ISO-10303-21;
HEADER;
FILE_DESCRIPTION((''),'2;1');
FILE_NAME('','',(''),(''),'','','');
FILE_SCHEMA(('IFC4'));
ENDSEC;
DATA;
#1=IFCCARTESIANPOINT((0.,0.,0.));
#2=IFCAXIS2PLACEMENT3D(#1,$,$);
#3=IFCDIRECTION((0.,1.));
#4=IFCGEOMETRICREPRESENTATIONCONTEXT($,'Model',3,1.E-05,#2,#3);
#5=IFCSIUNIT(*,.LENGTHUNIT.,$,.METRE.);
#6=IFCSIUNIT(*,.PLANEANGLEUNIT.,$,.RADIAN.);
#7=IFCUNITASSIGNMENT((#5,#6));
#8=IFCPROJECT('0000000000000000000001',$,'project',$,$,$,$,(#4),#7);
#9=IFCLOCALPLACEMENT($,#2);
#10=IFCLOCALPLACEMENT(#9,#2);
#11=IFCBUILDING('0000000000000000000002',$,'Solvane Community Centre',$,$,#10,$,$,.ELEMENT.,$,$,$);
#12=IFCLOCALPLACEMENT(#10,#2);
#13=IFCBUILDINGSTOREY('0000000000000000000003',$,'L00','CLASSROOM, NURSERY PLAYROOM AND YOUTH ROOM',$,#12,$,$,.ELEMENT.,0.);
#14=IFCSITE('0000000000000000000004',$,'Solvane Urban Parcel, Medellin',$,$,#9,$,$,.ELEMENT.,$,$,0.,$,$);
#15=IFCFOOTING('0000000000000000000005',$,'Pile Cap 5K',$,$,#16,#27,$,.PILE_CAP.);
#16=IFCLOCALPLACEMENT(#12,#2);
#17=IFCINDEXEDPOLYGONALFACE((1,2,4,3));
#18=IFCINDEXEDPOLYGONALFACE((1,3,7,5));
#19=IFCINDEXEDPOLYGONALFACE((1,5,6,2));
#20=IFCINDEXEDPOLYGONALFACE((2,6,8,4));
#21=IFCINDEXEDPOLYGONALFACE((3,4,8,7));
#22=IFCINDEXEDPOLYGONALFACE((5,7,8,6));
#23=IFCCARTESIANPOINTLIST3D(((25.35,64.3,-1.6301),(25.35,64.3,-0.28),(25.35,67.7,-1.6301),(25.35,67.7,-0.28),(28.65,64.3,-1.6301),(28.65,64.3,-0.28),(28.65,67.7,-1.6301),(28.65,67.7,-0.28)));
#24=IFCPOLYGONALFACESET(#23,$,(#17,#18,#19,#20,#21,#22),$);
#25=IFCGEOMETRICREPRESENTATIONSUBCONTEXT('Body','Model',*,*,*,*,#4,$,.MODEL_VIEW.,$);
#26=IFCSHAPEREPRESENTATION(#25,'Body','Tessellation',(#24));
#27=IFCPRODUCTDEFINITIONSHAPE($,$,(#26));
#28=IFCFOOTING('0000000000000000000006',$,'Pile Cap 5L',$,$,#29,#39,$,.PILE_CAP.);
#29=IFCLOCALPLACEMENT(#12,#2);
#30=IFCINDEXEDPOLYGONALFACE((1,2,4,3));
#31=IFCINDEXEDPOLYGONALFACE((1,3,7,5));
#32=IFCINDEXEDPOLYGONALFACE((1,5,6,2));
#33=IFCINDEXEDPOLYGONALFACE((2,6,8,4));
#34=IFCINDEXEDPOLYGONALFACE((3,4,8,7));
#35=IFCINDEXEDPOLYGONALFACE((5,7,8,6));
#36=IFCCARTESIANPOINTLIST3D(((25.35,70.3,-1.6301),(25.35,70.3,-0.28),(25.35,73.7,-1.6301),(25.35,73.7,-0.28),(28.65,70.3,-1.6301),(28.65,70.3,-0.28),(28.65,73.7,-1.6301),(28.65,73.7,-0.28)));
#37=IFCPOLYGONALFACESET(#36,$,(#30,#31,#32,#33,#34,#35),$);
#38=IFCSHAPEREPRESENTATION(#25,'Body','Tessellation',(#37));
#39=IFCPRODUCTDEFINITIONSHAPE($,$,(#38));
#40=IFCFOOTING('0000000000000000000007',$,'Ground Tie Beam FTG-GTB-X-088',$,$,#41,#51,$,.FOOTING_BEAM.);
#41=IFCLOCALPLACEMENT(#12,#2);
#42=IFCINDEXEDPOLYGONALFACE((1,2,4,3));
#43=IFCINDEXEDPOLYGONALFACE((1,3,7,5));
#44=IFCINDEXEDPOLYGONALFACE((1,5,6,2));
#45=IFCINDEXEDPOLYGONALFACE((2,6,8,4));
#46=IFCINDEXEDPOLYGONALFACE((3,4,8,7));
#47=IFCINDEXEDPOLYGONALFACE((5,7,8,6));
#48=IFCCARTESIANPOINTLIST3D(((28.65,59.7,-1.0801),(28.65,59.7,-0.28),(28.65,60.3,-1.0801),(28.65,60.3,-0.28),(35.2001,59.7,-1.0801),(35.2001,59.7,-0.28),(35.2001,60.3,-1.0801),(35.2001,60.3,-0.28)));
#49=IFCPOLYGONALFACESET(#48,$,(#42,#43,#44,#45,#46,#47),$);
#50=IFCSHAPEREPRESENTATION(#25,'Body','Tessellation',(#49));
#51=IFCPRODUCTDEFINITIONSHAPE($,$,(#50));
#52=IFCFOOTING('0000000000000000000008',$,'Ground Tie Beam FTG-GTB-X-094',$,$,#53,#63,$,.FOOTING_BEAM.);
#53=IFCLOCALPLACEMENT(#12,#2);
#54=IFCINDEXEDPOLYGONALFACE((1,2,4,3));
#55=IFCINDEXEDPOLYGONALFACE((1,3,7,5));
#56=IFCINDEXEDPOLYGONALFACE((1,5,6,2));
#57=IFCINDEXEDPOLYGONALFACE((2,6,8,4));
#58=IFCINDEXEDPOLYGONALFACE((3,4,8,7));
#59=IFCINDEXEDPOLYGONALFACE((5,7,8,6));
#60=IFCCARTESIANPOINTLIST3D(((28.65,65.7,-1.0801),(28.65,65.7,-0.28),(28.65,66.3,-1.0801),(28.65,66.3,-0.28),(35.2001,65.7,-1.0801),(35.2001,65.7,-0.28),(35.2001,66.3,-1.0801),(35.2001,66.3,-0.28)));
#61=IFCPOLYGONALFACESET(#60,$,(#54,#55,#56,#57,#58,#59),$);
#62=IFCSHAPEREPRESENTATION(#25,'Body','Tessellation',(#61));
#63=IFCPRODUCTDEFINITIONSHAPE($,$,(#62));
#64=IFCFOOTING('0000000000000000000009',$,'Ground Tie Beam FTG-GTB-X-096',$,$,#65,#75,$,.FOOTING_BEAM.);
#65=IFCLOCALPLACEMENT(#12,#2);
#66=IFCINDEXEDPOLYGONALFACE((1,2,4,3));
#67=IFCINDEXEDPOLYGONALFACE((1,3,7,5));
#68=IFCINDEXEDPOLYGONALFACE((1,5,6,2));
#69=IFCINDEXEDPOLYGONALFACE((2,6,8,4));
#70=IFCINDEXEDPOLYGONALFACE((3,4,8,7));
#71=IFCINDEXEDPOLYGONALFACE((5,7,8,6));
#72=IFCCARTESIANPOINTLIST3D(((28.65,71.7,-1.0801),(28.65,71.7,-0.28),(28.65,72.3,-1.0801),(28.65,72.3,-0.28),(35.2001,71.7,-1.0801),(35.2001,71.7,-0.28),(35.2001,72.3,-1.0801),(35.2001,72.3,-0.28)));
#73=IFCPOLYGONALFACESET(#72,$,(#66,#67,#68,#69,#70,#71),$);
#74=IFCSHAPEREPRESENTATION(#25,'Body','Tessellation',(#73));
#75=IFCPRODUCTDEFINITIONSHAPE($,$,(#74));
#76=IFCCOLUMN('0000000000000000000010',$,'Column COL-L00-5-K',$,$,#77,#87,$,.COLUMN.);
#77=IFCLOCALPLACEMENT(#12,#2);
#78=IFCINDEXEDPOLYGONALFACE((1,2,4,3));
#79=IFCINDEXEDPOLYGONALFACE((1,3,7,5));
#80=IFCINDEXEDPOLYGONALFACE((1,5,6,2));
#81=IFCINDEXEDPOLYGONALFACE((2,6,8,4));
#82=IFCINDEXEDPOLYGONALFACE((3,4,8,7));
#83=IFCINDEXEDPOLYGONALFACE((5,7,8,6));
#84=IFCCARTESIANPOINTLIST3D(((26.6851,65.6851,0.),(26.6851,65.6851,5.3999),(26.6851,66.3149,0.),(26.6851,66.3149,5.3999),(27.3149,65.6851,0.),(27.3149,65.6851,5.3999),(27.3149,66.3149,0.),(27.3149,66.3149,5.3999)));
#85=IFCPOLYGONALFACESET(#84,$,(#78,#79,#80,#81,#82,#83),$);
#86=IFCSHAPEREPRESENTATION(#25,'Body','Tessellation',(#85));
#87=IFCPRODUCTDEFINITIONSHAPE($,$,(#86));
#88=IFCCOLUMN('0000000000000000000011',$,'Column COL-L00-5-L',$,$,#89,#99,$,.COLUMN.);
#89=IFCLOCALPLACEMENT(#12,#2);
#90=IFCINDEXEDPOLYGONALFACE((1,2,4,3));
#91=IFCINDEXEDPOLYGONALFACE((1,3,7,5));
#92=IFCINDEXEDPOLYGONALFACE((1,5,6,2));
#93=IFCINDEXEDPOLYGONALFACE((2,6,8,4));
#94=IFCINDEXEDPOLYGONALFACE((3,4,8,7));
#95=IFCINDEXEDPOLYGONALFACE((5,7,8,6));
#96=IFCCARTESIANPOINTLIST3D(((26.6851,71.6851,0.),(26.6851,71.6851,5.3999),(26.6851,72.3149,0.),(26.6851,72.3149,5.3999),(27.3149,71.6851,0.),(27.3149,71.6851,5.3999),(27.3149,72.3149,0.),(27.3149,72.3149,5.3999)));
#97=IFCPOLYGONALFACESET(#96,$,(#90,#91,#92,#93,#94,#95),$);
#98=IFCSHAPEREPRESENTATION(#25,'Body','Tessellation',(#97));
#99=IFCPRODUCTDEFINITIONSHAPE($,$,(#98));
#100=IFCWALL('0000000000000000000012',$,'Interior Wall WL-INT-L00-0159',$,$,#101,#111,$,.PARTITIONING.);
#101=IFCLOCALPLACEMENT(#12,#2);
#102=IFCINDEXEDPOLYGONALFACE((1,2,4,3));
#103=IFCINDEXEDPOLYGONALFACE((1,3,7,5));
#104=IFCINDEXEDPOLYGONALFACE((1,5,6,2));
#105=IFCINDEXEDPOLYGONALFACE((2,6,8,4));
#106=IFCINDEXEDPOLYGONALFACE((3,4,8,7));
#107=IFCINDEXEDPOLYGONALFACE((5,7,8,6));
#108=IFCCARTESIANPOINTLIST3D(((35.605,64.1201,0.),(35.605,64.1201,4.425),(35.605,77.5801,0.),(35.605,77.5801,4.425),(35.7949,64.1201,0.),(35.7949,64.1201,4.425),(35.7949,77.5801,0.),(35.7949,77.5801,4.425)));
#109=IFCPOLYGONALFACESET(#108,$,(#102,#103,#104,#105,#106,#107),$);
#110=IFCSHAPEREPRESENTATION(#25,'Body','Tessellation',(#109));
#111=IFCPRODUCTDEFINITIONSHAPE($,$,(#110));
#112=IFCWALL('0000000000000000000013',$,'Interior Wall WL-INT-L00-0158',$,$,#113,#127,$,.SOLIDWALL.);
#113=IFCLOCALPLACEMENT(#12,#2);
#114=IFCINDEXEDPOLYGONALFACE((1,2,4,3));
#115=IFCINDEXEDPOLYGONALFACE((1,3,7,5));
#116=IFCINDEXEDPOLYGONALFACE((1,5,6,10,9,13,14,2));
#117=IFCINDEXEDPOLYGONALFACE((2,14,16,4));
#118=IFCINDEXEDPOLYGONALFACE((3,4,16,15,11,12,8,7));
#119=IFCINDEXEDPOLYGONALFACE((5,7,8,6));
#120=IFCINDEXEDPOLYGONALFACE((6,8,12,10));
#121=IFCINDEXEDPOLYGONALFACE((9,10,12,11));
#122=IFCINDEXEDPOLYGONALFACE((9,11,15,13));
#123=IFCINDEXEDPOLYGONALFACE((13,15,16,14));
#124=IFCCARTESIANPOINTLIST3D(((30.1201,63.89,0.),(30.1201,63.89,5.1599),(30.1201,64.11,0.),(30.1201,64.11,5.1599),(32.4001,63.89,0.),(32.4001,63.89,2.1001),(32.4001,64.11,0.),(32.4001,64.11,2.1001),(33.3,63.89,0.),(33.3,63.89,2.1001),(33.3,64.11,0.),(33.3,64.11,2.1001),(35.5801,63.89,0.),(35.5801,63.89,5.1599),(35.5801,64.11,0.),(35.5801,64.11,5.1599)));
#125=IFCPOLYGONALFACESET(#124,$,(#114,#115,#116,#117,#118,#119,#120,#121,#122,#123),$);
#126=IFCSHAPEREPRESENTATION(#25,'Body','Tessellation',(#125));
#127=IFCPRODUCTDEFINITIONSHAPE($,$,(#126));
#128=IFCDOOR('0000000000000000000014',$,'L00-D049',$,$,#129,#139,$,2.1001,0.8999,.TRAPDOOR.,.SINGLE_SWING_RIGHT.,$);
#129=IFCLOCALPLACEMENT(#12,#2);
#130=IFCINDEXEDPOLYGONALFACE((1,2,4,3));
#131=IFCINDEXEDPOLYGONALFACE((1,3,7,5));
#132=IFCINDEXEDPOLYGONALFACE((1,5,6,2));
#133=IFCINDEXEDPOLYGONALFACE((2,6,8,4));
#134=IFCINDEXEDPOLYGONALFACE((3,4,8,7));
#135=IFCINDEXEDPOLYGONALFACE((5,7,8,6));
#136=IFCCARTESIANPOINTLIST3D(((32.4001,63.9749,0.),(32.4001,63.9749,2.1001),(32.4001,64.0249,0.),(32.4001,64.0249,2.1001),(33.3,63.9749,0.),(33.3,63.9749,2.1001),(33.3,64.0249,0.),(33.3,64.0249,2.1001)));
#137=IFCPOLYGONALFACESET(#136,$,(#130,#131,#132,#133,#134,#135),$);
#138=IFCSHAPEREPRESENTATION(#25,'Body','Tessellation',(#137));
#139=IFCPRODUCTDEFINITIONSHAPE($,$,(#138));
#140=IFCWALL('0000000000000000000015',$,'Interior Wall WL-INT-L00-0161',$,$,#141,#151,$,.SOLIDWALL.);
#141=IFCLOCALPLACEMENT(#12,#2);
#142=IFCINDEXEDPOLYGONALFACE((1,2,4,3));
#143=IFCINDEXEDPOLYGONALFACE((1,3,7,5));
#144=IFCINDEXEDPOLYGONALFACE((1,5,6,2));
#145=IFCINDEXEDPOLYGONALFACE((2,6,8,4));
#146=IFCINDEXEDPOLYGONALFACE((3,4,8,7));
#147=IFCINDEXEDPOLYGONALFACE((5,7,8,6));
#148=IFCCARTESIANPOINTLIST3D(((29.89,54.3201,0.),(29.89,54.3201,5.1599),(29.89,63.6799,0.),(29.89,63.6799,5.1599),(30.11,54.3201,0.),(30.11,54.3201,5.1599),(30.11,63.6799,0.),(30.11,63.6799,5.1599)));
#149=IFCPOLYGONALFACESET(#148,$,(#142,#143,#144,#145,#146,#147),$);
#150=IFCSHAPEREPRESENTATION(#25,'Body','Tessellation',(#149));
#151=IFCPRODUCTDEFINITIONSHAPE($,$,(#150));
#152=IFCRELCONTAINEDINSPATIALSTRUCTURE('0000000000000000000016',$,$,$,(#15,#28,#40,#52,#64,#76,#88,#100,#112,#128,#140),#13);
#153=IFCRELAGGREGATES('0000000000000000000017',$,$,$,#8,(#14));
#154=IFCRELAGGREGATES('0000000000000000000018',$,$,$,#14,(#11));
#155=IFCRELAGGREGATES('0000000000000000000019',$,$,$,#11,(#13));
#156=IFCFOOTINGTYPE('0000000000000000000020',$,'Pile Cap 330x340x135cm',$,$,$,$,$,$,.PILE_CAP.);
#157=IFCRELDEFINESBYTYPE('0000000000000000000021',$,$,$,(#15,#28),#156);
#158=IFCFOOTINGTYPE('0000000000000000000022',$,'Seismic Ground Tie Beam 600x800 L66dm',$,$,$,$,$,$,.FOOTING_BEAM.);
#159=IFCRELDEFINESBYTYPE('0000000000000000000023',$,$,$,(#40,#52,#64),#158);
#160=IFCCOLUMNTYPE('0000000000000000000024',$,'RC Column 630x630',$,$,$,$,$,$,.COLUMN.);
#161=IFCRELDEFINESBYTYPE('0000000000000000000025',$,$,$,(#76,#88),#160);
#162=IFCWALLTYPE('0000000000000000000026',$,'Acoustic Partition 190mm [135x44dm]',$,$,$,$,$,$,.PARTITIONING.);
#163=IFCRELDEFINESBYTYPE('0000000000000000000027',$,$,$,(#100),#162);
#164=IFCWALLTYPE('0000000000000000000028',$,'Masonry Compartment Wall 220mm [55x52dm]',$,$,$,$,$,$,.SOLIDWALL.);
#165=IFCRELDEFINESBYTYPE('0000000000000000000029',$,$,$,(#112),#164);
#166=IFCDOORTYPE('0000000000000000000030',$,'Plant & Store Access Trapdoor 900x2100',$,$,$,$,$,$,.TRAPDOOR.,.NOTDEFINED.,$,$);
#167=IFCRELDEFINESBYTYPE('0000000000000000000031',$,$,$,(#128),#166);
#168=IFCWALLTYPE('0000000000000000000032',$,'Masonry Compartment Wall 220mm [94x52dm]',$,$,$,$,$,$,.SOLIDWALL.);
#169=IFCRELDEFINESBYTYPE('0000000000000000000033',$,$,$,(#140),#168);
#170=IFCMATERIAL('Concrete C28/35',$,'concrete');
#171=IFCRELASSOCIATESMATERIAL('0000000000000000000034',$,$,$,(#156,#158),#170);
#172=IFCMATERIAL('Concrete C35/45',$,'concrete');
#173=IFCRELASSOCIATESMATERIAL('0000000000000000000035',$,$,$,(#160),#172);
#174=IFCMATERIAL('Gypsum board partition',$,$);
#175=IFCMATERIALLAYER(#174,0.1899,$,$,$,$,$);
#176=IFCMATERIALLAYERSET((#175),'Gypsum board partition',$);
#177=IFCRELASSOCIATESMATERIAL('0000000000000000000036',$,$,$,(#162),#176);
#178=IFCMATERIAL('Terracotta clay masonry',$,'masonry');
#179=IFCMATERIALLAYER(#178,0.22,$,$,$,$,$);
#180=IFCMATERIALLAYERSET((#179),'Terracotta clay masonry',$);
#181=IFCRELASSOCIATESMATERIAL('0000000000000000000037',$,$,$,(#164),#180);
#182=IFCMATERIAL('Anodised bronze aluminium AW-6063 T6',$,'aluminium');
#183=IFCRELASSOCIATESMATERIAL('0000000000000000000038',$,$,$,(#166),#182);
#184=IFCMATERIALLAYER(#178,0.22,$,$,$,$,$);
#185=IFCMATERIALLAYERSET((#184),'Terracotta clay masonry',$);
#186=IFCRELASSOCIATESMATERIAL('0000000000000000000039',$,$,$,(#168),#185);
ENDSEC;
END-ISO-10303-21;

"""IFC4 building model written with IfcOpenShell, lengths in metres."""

from ifc_helpers import new_model, si_unit, direction, frame, frame_2d, origin, origin_2d, place, context, subcontext, project, spatial, rectangle, extrude, material, layer, layer_set, material_profile, profile_set, type_object, element, fill, save


model = new_model("IFC4")

# Units and contexts
model_context = context("Model", 3, precision=1e-05, world=origin(), true_north=direction((0.0, 1.0)))
body_context = subcontext(model_context, "Body", "Model", "MODEL_VIEW")
ifc_project = project(units=[si_unit("LENGTHUNIT", "METRE"), si_unit("PLANEANGLEUNIT", "RADIAN")], contexts=[model_context])

# Site, building, storey
site_placement = place(None, origin())
site = spatial("IfcSite", under=ifc_project, at=site_placement, Name="Solvane Urban Parcel, Medellin", CompositionType="ELEMENT", RefElevation=0.0)
building_placement = place(site_placement, origin())
building = spatial("IfcBuilding", under=site, at=building_placement, Name="Solvane Community Centre", CompositionType="ELEMENT")
storey_placement = place(building_placement, origin())
storey = spatial("IfcBuildingStorey", under=building, at=storey_placement, Name="L00", Description="CLASSROOM, NURSERY PLAYROOM AND YOUTH ROOM", CompositionType="ELEMENT", Elevation=0.0)

# Shared definitions
ifc_material_1 = material(Name="Concrete C28/35", Category="concrete")

# Footings
footing_type_1 = type_object("IfcFootingType", Name="Pile Cap 330x340x135cm", PredefinedType="PILE_CAP", material=ifc_material_1)
for number, where, z_axis, x_axis, name in (
    (1, (27.0, 66.0, -1.6301), (0.0, 0.0, 1.0), (1.0, 0.0, 0.0), "Pile Cap 5K"),
    (2, (27.0, 72.0, -1.6301), (0.0, 0.0, 1.0), (1.0, 0.0, 0.0), "Pile Cap 5L"),
):
    element("IfcFooting", number, at=place(storey_placement, frame(where, z_axis=z_axis, x_axis=x_axis)), inside=storey, type_object=footing_type_1, Name=name, PredefinedType="PILE_CAP", context=body_context, shape_type="SweptSolid", body=[
        extrude(rectangle(XDim=3.3, YDim=3.3999, at=origin_2d()), origin(), (0.0, 0.0, 1.0), 1.3501),
    ])
footing_type_2 = type_object("IfcFootingType", Name="Seismic Ground Tie Beam 600x800 L66dm", PredefinedType="FOOTING_BEAM", material=ifc_material_1)
for number, where, z_axis, x_axis, name in (
    (3, (31.925, 60.0, -1.0801), (0.0, 0.0, 1.0), (1.0, 0.0, 0.0), "Ground Tie Beam FTG-GTB-X-088"),
    (4, (31.925, 66.0, -1.0801), (0.0, 0.0, 1.0), (1.0, 0.0, 0.0), "Ground Tie Beam FTG-GTB-X-094"),
    (5, (31.925, 72.0, -1.0801), (0.0, 0.0, 1.0), (1.0, 0.0, 0.0), "Ground Tie Beam FTG-GTB-X-096"),
):
    element("IfcFooting", number, at=place(storey_placement, frame(where, z_axis=z_axis, x_axis=x_axis)), inside=storey, type_object=footing_type_2, Name=name, PredefinedType="FOOTING_BEAM", context=body_context, shape_type="SweptSolid", body=[
        extrude(rectangle(XDim=6.55, YDim=0.6001, at=origin_2d()), origin(), (0.0, 0.0, 1.0), 0.8),
    ])

# Columns
ifc_material_2 = material(Name="Concrete C35/45", Category="concrete")
ifc_material_profile_1 = material_profile(ifc_material_2, rectangle(XDim=0.6299, YDim=0.6299, at=origin_2d()), Name="RC 630x630")
ifc_profile_set_1 = profile_set([ifc_material_profile_1], Name="Concrete C35/45")
column_type = type_object("IfcColumnType", Name="RC Column 630x630", PredefinedType="COLUMN", material=ifc_profile_set_1)
for number, where, z_axis, x_axis, name in (
    (6, (27.0, 66.0, 0.0), (0.0, 0.0, 1.0), (1.0, 0.0, 0.0), "Column COL-L00-5-K"),
    (7, (27.0, 72.0, 0.0), (0.0, 0.0, 1.0), (1.0, 0.0, 0.0), "Column COL-L00-5-L"),
):
    element("IfcColumn", number, at=place(storey_placement, frame(where, z_axis=z_axis, x_axis=x_axis)), inside=storey, type_object=column_type, Name=name, PredefinedType="COLUMN", context=body_context, shape_type="SweptSolid", body=[
        extrude(rectangle(XDim=0.6299, YDim=0.6299, at=origin_2d()), origin(), (0.0, 0.0, 1.0), 5.3999),
    ])

# Wall
ifc_material_3 = material(Name="Gypsum board partition")
ifc_layer_1 = layer(ifc_material_3, 0.1899)
ifc_layer_set_1 = layer_set([ifc_layer_1], Name="Gypsum board partition")
wall_type_1 = type_object("IfcWallType", Name="Acoustic Partition 190mm [135x44dm]", PredefinedType="PARTITIONING", material=ifc_layer_set_1)
wall_1_placement = place(storey_placement, frame((35.7, 64.1201, 0.0), z_axis=(0.0, 0.0, 1.0), x_axis=(0.0, 1.0, 0.0)))
element("IfcWall", 8, at=wall_1_placement, inside=storey, type_object=wall_type_1, Name="Interior Wall WL-INT-L00-0159", PredefinedType="PARTITIONING", context=body_context, shape_type="SweptSolid", body=[
    extrude(rectangle(XDim=13.46, YDim=0.1899, at=frame_2d((6.73, 0.0))), origin(), (0.0, 0.0, 1.0), 4.425),
])

# Wall, opening, door
ifc_material_4 = material(Name="Terracotta clay masonry", Category="masonry")
ifc_layer_2 = layer(ifc_material_4, 0.22)
ifc_layer_set_2 = layer_set([ifc_layer_2], Name="Terracotta clay masonry")
wall_type_2 = type_object("IfcWallType", Name="Masonry Compartment Wall 220mm [55x52dm]", PredefinedType="SOLIDWALL", material=ifc_layer_set_2)
wall_2_placement = place(storey_placement, frame((30.1201, 64.0, 0.0), z_axis=(0.0, 0.0, 1.0), x_axis=(1.0, 0.0, 0.0)))
wall_2 = element("IfcWall", 9, at=wall_2_placement, inside=storey, type_object=wall_type_2, Name="Interior Wall WL-INT-L00-0158", PredefinedType="SOLIDWALL", context=body_context, shape_type="SweptSolid", body=[
    extrude(rectangle(XDim=5.46, YDim=0.22, at=frame_2d((2.73, 0.0))), origin(), (0.0, 0.0, 1.0), 5.1599),
])
opening_placement = place(wall_2_placement, frame((2.28, 0.0, 0.0)))
opening = element("IfcOpeningElement", 10, at=opening_placement, cuts=wall_2, PredefinedType="OPENING", context=body_context, shape_type="SweptSolid", body=[
    extrude(rectangle(XDim=0.8999, YDim=2.1001, at=frame_2d((0.45, 1.05))), frame((0.0, 0.1199, 0.0), z_axis=(0.0, -1.0, 0.0), x_axis=(1.0, 0.0, 0.0)), (0.0, 0.0, 1.0), 0.24),
])
ifc_material_5 = material(Name="Anodised bronze aluminium AW-6063 T6", Category="aluminium")
door_type = type_object("IfcDoorType", Name="Plant & Store Access Trapdoor 900x2100", OperationType="NOTDEFINED", PredefinedType="TRAPDOOR", material=ifc_material_5)
door_placement = place(opening_placement, origin())
door = element("IfcDoor", 11, at=door_placement, inside=storey, type_object=door_type, Name="L00-D049", OperationType="SINGLE_SWING_RIGHT", OverallHeight=2.1001, OverallWidth=0.8999, PredefinedType="TRAPDOOR", context=body_context, shape_type="SweptSolid", body=[
    extrude(rectangle(XDim=0.8999, YDim=2.1001, at=frame_2d((0.45, 1.05))), frame((0.0, 0.0249, 0.0), z_axis=(0.0, -1.0, 0.0), x_axis=(1.0, 0.0, 0.0)), (0.0, 0.0, 1.0), 0.05),
])
fill(opening, door)

# Wall
ifc_layer_3 = layer(ifc_material_4, 0.22)
ifc_layer_set_3 = layer_set([ifc_layer_3], Name="Terracotta clay masonry")
wall_type_3 = type_object("IfcWallType", Name="Masonry Compartment Wall 220mm [94x52dm]", PredefinedType="SOLIDWALL", material=ifc_layer_set_3)
wall_3_placement = place(storey_placement, frame((30.0, 63.6799, 0.0), z_axis=(0.0, 0.0, 1.0), x_axis=(0.0, -1.0, 0.0)))
element("IfcWall", 12, at=wall_3_placement, inside=storey, type_object=wall_type_3, Name="Interior Wall WL-INT-L00-0161", PredefinedType="SOLIDWALL", context=body_context, shape_type="SweptSolid", body=[
    extrude(rectangle(XDim=9.3599, YDim=0.22, at=frame_2d((4.6799, 0.0))), origin(), (0.0, 0.0, 1.0), 5.1599),
])

save(model, "model.ifc")
